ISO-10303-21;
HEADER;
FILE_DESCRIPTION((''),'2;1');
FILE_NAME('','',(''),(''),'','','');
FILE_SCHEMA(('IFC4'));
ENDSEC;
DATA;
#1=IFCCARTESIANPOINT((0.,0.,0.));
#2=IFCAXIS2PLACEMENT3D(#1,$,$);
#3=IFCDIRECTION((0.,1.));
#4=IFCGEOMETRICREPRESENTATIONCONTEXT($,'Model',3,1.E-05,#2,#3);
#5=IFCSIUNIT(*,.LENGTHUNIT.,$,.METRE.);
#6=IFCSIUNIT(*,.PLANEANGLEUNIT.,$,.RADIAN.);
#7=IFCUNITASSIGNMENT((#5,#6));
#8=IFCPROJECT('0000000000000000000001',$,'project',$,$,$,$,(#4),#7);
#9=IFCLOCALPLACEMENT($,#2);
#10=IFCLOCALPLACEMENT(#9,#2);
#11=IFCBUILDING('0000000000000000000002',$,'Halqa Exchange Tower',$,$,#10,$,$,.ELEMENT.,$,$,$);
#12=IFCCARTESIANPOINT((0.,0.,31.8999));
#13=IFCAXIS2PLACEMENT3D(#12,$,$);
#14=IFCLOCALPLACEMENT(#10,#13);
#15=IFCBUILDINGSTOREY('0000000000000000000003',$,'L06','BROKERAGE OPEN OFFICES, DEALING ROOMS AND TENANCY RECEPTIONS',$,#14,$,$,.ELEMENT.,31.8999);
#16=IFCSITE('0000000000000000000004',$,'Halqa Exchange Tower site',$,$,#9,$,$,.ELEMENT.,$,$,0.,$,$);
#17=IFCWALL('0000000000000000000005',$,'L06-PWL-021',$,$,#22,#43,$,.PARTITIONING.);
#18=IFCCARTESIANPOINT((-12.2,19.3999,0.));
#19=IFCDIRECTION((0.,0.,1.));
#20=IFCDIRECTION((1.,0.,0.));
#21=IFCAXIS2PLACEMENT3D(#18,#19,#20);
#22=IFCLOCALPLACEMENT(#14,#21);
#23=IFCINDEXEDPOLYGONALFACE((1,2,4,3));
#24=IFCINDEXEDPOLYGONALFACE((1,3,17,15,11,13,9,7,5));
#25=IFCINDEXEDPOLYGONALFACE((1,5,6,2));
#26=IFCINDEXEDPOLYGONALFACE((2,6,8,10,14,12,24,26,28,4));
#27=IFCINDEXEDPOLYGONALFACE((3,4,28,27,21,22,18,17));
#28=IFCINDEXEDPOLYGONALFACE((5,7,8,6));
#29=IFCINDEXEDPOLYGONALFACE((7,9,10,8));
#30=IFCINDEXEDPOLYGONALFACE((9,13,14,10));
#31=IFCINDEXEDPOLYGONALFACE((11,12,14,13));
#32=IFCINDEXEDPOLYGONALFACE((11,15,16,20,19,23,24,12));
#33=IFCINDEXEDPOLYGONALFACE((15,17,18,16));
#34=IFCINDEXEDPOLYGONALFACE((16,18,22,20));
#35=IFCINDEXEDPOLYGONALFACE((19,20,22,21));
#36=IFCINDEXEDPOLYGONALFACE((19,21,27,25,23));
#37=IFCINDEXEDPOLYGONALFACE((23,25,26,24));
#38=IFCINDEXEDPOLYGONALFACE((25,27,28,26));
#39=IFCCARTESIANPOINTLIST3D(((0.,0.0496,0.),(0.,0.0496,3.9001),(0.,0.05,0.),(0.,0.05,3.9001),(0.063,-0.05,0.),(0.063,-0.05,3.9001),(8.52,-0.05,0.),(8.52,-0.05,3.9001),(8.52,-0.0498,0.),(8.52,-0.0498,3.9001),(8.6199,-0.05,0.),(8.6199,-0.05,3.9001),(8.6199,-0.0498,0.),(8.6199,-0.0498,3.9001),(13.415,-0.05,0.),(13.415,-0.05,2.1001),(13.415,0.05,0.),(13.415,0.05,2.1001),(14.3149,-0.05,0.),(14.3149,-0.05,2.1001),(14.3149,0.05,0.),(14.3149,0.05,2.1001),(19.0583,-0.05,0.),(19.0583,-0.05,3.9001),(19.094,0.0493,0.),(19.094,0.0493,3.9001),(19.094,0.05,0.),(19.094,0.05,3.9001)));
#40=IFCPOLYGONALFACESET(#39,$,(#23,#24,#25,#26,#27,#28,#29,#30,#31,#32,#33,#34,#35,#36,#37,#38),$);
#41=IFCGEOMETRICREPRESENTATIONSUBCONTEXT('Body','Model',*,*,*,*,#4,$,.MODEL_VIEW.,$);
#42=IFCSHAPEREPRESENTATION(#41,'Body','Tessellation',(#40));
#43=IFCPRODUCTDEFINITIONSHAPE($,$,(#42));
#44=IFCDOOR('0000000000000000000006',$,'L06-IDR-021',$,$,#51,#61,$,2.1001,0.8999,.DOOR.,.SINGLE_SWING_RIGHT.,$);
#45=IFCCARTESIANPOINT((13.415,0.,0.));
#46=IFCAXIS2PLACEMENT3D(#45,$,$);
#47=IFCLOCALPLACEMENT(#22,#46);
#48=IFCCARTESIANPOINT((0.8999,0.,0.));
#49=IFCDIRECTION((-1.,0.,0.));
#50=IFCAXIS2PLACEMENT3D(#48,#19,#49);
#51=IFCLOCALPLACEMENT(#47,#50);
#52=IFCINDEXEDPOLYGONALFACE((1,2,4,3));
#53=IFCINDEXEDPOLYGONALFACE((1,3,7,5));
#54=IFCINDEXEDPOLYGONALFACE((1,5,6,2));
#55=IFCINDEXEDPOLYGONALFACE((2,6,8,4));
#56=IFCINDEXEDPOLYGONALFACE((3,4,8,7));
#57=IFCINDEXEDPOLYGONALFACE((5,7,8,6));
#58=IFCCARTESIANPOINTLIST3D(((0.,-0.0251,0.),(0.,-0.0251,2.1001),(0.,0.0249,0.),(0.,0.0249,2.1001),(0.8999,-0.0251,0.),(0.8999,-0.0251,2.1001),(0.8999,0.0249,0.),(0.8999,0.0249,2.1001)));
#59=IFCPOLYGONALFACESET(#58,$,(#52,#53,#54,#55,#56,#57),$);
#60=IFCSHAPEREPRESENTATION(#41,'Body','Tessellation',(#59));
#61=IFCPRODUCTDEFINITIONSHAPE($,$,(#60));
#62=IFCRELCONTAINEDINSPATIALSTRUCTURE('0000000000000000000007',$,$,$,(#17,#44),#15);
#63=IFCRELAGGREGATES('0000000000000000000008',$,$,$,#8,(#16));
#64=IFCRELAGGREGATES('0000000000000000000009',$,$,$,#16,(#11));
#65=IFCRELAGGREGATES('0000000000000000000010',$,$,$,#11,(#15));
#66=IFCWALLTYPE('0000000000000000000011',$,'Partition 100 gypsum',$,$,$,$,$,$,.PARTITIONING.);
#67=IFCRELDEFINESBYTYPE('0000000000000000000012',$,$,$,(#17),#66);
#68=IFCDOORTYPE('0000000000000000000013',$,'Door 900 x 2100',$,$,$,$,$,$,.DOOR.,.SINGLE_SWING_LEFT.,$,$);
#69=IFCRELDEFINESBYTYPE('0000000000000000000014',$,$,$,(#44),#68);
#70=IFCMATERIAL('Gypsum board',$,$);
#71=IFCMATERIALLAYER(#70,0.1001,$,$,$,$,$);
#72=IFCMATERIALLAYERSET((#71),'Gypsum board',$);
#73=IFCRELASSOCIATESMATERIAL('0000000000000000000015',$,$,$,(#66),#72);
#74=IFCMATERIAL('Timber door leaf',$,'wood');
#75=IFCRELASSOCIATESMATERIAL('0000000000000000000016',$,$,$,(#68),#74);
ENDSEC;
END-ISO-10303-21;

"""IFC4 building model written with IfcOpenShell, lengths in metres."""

from ifc_helpers import new_model, si_unit, direction, frame, frame_2d, origin, place, context, subcontext, project, spatial, polyline, rectangle, outline, extrude, material, layer, layer_set, type_object, element, fill, save


model = new_model("IFC4")

# Units and contexts
model_context = context("Model", 3, precision=1e-05, world=origin(), true_north=direction((0.0, 1.0)))
body_context = subcontext(model_context, "Body", "Model", "MODEL_VIEW")
ifc_project = project(units=[si_unit("LENGTHUNIT", "METRE"), si_unit("PLANEANGLEUNIT", "RADIAN")], contexts=[model_context])

# Site, building, storey
site_placement = place(None, origin())
site = spatial("IfcSite", under=ifc_project, at=site_placement, Name="Halqa Exchange Tower site", CompositionType="ELEMENT", RefElevation=0.0)
building_placement = place(site_placement, origin())
building = spatial("IfcBuilding", under=site, at=building_placement, Name="Halqa Exchange Tower", CompositionType="ELEMENT")
storey_placement = place(building_placement, frame((0.0, 0.0, 31.8999)))
storey = spatial("IfcBuildingStorey", under=building, at=storey_placement, Name="L06", Description="BROKERAGE OPEN OFFICES, DEALING ROOMS AND TENANCY RECEPTIONS", CompositionType="ELEMENT", Elevation=31.8999)

# Shared definitions
ifc_material_1 = material(Name="Gypsum board")
ifc_layer_1 = layer(ifc_material_1, 0.1001)
ifc_layer_set_1 = layer_set([ifc_layer_1], Name="Gypsum board")
wall_type_1 = type_object("IfcWallType", Name="Partition 100 gypsum", PredefinedType="PARTITIONING", material=ifc_layer_set_1)

# Wall, opening, door
wall_1_placement = place(storey_placement, frame((-12.2, 19.3999, 0.0), z_axis=(0.0, 0.0, 1.0), x_axis=(1.0, 0.0, 0.0)))
wall_1 = element("IfcWall", 1, at=wall_1_placement, inside=storey, type_object=wall_type_1, Name="L06-PWL-021", PredefinedType="PARTITIONING", context=body_context, shape_type="SweptSolid", body=[
    extrude(outline(polyline([(0.063, -0.05), (1.7544, -0.05), (3.4458, -0.05), (5.1372, -0.05), (6.8286, -0.05), (8.52, -0.05), (8.52, -0.0498), (8.6199, -0.0498), (8.6199, -0.05), (10.3596, -0.05), (12.0994, -0.05), (13.8391, -0.05), (15.5789, -0.05), (17.3186, -0.05), (19.0583, -0.05), (19.094, 0.0493), (19.094, 0.05), (17.1846, 0.05), (15.2751, 0.05), (13.3657, 0.05), (11.4563, 0.05), (9.5469, 0.05), (7.6377, 0.05), (5.7283, 0.05), (3.8188, 0.05), (1.9094, 0.05), (0.0, 0.05), (0.0, 0.0496), (0.063, -0.05)])), origin(), (0.0, 0.0, 1.0), 3.9001),
])
opening_1_placement = place(wall_1_placement, frame((13.415, 0.0, 0.0)))
opening_1 = element("IfcOpeningElement", 2, at=opening_1_placement, cuts=wall_1, PredefinedType="OPENING", context=body_context, shape_type="SweptSolid", body=[
    extrude(rectangle(XDim=0.8999, YDim=2.1001, at=frame_2d((0.45, 1.05))), frame((0.0, 0.062, 0.0), z_axis=(0.0, -1.0, 0.0), x_axis=(1.0, 0.0, 0.0)), (0.0, 0.0, 1.0), 0.124),
])
ifc_material_2 = material(Name="Timber door leaf", Category="wood")
door_type_1 = type_object("IfcDoorType", Name="Door 900 x 2100", OperationType="SINGLE_SWING_LEFT", PredefinedType="DOOR", material=ifc_material_2)
door_1_placement = place(opening_1_placement, frame((0.8999, 0.0, 0.0), z_axis=(0.0, 0.0, 1.0), x_axis=(-1.0, 0.0, 0.0)))
door_1 = element("IfcDoor", 3, at=door_1_placement, inside=storey, type_object=door_type_1, Name="L06-IDR-021", OperationType="SINGLE_SWING_RIGHT", OverallHeight=2.1001, OverallWidth=0.8999, PredefinedType="DOOR", context=body_context, shape_type="SweptSolid", body=[
    extrude(rectangle(XDim=0.8999, YDim=2.1001, at=frame_2d((0.45, 1.05))), frame((0.0, 0.0249, 0.0), z_axis=(0.0, -1.0, 0.0), x_axis=(1.0, 0.0, 0.0)), (0.0, 0.0, 1.0), 0.05),
])
fill(opening_1, door_1)

save(model, "model.ifc")
